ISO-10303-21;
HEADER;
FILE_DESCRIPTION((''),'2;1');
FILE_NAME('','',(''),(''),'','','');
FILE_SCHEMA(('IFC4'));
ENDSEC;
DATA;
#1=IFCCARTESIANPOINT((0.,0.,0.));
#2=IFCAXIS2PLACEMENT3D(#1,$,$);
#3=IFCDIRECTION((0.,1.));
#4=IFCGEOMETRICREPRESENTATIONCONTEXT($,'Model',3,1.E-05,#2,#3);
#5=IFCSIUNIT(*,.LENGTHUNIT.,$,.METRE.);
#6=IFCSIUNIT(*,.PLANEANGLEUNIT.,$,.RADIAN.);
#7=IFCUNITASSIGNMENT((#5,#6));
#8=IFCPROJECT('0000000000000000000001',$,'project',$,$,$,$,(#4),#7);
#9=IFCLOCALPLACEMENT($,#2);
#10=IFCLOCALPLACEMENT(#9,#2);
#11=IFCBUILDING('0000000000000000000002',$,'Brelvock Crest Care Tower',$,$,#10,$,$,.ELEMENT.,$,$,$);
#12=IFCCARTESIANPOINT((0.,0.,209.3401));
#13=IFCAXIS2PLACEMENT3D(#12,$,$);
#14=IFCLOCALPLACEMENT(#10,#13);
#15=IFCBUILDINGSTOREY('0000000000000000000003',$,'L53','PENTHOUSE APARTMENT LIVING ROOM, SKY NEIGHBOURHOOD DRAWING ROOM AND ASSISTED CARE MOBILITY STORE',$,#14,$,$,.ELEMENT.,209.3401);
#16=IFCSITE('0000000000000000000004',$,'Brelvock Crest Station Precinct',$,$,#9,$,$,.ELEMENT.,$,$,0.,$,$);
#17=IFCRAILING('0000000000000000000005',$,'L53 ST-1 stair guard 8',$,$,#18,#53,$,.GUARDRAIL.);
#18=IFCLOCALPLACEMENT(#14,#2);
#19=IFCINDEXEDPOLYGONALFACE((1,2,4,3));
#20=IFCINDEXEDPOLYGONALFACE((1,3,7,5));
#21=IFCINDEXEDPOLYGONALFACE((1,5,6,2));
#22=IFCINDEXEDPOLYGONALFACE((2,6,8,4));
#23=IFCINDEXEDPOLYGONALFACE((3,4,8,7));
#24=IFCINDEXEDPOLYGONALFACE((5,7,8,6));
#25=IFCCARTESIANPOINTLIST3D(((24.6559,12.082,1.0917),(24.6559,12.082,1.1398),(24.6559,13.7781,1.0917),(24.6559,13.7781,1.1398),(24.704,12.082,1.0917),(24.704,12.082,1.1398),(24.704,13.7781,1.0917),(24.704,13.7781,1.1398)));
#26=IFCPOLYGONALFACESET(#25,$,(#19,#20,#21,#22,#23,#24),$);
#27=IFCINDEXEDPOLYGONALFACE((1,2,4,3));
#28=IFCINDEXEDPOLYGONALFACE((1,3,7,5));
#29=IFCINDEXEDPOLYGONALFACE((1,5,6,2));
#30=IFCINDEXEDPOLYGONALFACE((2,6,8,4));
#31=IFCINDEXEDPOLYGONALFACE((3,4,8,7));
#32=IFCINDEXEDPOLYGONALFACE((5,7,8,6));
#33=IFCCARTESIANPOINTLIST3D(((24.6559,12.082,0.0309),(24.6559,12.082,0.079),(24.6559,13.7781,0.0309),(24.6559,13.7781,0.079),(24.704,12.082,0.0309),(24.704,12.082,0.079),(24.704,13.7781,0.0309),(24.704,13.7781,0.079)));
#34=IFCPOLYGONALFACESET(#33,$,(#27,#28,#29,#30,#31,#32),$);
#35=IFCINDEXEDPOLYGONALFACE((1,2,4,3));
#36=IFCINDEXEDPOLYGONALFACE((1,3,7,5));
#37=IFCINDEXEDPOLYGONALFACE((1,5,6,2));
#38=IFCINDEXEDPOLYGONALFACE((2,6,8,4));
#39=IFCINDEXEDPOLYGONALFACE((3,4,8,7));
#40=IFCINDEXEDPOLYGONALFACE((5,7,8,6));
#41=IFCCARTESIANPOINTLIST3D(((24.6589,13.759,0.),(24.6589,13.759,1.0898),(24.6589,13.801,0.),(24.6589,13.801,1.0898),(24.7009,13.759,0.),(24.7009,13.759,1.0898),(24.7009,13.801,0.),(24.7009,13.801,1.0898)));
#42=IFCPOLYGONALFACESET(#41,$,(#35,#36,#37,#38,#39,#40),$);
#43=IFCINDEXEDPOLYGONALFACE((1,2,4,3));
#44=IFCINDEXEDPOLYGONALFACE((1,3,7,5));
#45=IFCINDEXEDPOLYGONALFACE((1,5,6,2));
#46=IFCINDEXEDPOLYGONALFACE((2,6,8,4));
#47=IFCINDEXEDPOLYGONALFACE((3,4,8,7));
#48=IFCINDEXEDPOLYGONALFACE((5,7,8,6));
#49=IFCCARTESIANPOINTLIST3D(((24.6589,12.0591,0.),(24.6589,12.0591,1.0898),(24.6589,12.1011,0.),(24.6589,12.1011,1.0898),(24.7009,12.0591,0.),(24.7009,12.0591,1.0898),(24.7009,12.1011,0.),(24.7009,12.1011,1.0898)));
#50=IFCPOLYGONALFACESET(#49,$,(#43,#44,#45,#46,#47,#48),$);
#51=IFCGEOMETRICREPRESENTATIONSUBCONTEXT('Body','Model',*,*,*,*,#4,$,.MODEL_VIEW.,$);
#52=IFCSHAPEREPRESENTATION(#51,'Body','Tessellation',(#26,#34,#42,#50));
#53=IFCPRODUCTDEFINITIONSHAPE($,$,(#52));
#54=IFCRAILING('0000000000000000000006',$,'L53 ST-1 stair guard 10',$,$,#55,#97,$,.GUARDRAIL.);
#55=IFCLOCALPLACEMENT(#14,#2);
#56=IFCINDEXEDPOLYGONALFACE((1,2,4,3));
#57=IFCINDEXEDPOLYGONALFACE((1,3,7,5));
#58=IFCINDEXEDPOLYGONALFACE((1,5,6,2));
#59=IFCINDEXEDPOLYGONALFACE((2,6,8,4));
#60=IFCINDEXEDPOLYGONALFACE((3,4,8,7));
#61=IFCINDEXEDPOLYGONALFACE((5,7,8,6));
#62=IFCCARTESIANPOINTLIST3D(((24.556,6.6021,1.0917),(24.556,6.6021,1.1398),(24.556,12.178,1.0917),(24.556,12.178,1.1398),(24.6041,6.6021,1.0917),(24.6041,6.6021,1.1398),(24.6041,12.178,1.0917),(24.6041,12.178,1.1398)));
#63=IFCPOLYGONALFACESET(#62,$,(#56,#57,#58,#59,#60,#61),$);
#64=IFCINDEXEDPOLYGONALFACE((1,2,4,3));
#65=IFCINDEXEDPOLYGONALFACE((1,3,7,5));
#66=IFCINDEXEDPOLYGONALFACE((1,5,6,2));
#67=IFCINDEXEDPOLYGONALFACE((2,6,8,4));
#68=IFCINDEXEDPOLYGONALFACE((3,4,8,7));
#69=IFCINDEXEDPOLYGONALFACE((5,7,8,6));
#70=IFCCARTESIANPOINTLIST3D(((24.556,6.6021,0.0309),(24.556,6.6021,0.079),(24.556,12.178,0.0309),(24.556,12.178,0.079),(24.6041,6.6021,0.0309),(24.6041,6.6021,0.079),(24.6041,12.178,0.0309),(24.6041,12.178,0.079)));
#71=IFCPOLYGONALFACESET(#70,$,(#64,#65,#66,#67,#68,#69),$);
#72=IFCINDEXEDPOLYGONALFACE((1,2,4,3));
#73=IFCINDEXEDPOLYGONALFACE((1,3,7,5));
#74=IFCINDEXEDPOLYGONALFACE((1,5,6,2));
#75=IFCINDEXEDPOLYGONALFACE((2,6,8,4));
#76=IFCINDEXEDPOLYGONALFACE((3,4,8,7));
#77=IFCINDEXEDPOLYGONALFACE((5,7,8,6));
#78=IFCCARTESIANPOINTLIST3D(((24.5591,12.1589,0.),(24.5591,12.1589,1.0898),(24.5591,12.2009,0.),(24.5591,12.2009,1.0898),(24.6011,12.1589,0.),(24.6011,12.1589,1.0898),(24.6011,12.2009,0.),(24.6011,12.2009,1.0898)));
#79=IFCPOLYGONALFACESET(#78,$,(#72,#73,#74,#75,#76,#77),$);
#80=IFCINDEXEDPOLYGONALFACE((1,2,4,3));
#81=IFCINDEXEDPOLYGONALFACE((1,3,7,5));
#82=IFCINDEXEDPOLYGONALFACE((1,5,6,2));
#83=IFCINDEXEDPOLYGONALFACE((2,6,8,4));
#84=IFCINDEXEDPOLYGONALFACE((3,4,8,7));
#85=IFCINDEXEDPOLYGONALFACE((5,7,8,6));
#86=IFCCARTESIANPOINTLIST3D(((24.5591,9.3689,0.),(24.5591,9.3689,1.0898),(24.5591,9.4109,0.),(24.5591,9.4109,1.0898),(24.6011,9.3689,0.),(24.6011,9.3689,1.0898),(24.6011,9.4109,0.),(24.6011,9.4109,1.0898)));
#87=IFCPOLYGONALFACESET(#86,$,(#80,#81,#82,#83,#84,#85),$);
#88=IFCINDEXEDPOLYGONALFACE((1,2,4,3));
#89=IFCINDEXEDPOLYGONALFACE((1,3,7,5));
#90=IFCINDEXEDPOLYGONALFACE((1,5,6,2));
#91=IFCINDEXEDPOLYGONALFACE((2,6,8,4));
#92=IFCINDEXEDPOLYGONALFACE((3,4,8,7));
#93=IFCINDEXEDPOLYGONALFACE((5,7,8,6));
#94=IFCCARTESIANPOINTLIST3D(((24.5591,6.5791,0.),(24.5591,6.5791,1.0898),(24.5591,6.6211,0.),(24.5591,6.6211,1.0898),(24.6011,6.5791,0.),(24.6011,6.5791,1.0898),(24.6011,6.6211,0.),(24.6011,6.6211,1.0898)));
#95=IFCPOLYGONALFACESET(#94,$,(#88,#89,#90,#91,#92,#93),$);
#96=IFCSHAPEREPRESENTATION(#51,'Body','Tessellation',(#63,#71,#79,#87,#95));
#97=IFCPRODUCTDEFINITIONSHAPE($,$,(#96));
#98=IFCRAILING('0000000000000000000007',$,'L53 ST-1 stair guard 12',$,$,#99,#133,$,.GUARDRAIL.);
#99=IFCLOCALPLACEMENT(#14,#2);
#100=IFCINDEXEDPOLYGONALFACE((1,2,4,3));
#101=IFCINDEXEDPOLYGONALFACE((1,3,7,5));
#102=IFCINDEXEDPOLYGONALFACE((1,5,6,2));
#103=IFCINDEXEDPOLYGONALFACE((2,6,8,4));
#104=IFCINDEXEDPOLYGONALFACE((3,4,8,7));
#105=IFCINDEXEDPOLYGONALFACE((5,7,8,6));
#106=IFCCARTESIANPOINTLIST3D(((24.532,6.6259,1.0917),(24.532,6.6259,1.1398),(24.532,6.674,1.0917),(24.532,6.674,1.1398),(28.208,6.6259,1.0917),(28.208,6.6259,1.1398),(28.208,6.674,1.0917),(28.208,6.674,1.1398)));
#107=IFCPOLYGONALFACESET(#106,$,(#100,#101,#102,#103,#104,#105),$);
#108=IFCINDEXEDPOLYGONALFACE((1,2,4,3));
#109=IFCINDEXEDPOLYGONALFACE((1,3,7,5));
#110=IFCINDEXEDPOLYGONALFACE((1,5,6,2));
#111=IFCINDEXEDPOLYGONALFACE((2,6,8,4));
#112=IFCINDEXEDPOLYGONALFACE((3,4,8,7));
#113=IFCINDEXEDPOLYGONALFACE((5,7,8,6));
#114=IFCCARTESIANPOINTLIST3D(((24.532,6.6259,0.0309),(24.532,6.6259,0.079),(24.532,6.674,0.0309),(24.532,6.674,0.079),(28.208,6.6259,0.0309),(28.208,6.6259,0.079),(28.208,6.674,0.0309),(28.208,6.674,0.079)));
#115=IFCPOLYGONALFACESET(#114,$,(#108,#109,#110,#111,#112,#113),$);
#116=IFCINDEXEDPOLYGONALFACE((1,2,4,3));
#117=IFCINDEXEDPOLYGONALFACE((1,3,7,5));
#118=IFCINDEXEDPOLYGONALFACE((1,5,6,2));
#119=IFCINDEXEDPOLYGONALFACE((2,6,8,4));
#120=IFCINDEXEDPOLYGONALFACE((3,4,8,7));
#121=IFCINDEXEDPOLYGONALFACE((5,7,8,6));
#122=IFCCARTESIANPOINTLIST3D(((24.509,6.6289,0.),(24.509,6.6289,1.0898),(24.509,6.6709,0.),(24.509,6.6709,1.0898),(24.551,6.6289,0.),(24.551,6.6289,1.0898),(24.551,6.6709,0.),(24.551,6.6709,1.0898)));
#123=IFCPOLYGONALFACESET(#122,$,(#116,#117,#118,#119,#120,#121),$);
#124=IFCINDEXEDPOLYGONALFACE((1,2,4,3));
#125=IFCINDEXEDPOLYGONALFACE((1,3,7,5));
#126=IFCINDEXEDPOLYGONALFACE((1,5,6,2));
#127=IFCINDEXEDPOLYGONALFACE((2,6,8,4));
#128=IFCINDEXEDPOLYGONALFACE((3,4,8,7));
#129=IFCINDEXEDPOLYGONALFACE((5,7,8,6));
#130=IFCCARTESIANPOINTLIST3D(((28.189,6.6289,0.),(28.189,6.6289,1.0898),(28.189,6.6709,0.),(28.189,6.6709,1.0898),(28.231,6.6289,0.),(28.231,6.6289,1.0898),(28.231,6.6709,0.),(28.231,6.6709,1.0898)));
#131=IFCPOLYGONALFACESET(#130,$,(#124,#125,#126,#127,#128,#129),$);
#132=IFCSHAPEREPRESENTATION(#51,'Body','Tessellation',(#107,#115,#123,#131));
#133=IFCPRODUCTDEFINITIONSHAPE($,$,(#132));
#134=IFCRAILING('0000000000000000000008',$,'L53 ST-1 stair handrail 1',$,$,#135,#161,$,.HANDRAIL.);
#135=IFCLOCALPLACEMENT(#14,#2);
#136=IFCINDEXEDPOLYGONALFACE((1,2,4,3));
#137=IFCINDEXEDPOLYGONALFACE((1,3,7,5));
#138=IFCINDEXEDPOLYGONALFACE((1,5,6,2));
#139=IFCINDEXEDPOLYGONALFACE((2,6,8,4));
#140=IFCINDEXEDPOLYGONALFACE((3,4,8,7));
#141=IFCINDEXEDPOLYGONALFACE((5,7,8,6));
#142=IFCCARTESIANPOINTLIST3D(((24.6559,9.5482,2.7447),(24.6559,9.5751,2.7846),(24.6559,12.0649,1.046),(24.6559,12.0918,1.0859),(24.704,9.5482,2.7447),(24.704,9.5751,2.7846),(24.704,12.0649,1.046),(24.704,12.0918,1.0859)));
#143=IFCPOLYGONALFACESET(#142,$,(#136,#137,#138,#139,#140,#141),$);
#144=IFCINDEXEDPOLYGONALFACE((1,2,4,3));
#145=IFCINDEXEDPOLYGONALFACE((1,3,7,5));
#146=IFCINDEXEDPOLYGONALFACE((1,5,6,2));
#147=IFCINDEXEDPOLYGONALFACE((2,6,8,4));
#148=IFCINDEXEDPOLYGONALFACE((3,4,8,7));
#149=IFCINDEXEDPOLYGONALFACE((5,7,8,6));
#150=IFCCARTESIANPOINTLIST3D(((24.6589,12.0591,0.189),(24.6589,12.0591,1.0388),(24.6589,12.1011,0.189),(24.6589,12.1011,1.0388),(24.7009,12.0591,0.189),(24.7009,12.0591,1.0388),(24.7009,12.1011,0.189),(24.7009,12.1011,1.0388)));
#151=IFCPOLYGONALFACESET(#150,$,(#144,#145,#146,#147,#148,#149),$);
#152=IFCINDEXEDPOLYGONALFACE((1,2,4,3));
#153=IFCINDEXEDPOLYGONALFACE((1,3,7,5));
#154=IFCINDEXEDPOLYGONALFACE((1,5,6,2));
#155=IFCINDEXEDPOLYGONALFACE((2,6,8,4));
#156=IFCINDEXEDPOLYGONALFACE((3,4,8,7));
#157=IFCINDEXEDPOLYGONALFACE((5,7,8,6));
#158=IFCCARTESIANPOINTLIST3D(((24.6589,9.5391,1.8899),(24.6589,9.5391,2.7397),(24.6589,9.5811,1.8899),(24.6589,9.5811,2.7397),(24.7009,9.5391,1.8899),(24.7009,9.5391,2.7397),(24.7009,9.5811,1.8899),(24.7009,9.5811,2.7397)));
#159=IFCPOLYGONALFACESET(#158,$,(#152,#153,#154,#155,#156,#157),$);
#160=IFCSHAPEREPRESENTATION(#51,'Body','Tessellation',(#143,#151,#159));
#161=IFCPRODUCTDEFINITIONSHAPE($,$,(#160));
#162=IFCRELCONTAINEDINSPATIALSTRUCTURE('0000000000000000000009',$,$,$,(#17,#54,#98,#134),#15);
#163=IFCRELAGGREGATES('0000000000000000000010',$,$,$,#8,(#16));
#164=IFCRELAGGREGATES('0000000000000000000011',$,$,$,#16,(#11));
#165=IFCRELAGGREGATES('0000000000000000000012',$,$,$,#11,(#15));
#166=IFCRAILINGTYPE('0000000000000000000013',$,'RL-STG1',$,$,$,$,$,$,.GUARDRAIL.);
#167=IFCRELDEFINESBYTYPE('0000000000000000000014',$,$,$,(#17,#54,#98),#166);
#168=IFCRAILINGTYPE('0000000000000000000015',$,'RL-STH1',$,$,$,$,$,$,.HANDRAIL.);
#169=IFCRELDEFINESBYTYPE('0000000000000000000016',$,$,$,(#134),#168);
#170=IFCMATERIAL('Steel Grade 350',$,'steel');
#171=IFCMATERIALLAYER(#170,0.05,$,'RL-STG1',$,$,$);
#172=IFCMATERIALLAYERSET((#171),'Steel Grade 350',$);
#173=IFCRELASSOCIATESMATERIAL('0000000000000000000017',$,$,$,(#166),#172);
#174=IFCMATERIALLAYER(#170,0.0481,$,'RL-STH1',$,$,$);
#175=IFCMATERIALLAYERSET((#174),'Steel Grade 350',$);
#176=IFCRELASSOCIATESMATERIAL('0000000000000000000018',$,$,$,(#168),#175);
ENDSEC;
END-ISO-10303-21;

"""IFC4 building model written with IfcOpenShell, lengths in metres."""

from ifc_helpers import new_model, si_unit, direction, frame, origin, origin_2d, place, context, subcontext, project, spatial, rectangle, extrude, material, layer, layer_set, type_object, element, save


model = new_model("IFC4")

# Units and contexts
model_context = context("Model", 3, precision=1e-05, world=origin(), true_north=direction((0.0, 1.0)))
body_context = subcontext(model_context, "Body", "Model", "MODEL_VIEW")
ifc_project = project(units=[si_unit("LENGTHUNIT", "METRE"), si_unit("PLANEANGLEUNIT", "RADIAN")], contexts=[model_context])

# Site, building, storey
site_placement = place(None, origin())
site = spatial("IfcSite", under=ifc_project, at=site_placement, Name="Brelvock Crest Station Precinct", CompositionType="ELEMENT", RefElevation=0.0)
building_placement = place(site_placement, origin())
building = spatial("IfcBuilding", under=site, at=building_placement, Name="Brelvock Crest Care Tower", CompositionType="ELEMENT")
storey_placement = place(building_placement, frame((0.0, 0.0, 209.3401)))
storey = spatial("IfcBuildingStorey", under=building, at=storey_placement, Name="L53", Description="PENTHOUSE APARTMENT LIVING ROOM, SKY NEIGHBOURHOOD DRAWING ROOM AND ASSISTED CARE MOBILITY STORE", CompositionType="ELEMENT", Elevation=209.3401)

# Shared definitions
ifc_material_1 = material(Name="Steel Grade 350", Category="steel")

# Railings
ifc_layer_1 = layer(ifc_material_1, 0.05, Name="RL-STG1")
ifc_layer_set_1 = layer_set([ifc_layer_1], Name="Steel Grade 350")
railing_type_1 = type_object("IfcRailingType", Name="RL-STG1", PredefinedType="GUARDRAIL", material=ifc_layer_set_1)
railing_1_placement = place(storey_placement, frame((24.6799, 13.78, 0.0)))
element("IfcRailing", 1, at=railing_1_placement, inside=storey, type_object=railing_type_1, Name="L53 ST-1 stair guard 8", PredefinedType="GUARDRAIL", context=body_context, shape_type="SweptSolid", body=[
    extrude(rectangle(XDim=0.0481, YDim=0.0481, at=origin_2d()), frame((0.0, -0.002, 1.1157), z_axis=(0.0, -1.0, 0.0), x_axis=(1.0, 0.0, 0.0)), (0.0, 0.0, 1.0), 1.696),
    extrude(rectangle(XDim=0.0481, YDim=0.0481, at=origin_2d()), frame((0.0, -0.002, 0.0549), z_axis=(0.0, -1.0, 0.0), x_axis=(1.0, 0.0, 0.0)), (0.0, 0.0, 1.0), 1.696),
    extrude(rectangle(XDim=0.042, YDim=0.042, at=origin_2d()), origin(), (0.0, 0.0, 1.0), 1.0898),
    extrude(rectangle(XDim=0.042, YDim=0.042, at=origin_2d()), frame((0.0, -1.7, 0.0)), (0.0, 0.0, 1.0), 1.0898),
])
railing_2_placement = place(storey_placement, frame((24.5801, 12.1799, 0.0)))
element("IfcRailing", 2, at=railing_2_placement, inside=storey, type_object=railing_type_1, Name="L53 ST-1 stair guard 10", PredefinedType="GUARDRAIL", context=body_context, shape_type="SweptSolid", body=[
    extrude(rectangle(XDim=0.0481, YDim=0.0481, at=origin_2d()), frame((0.0, -0.002, 1.1157), z_axis=(0.0, -1.0, 0.0), x_axis=(1.0, 0.0, 0.0)), (0.0, 0.0, 1.0), 5.5759),
    extrude(rectangle(XDim=0.0481, YDim=0.0481, at=origin_2d()), frame((0.0, -0.002, 0.0549), z_axis=(0.0, -1.0, 0.0), x_axis=(1.0, 0.0, 0.0)), (0.0, 0.0, 1.0), 5.5759),
    extrude(rectangle(XDim=0.042, YDim=0.042, at=origin_2d()), origin(), (0.0, 0.0, 1.0), 1.0898),
    extrude(rectangle(XDim=0.042, YDim=0.042, at=origin_2d()), frame((0.0, -2.79, 0.0)), (0.0, 0.0, 1.0), 1.0898),
    extrude(rectangle(XDim=0.042, YDim=0.042, at=origin_2d()), frame((0.0, -5.5798, 0.0)), (0.0, 0.0, 1.0), 1.0898),
])
railing_3_placement = place(storey_placement, frame((24.53, 6.6499, 0.0)))
element("IfcRailing", 3, at=railing_3_placement, inside=storey, type_object=railing_type_1, Name="L53 ST-1 stair guard 12", PredefinedType="GUARDRAIL", context=body_context, shape_type="SweptSolid", body=[
    extrude(rectangle(XDim=0.0481, YDim=0.0481, at=origin_2d()), frame((0.002, 0.0, 1.1157), z_axis=(1.0, 0.0, 0.0), x_axis=(0.0, 1.0, 0.0)), (0.0, 0.0, 1.0), 3.676),
    extrude(rectangle(XDim=0.0481, YDim=0.0481, at=origin_2d()), frame((0.002, 0.0, 0.0549), z_axis=(1.0, 0.0, 0.0), x_axis=(0.0, 1.0, 0.0)), (0.0, 0.0, 1.0), 3.676),
    extrude(rectangle(XDim=0.042, YDim=0.042, at=origin_2d()), origin(), (0.0, 0.0, 1.0), 1.0898),
    extrude(rectangle(XDim=0.042, YDim=0.042, at=origin_2d()), frame((3.6799, 0.0, 0.0)), (0.0, 0.0, 1.0), 1.0898),
])
ifc_layer_2 = layer(ifc_material_1, 0.0481, Name="RL-STH1")
ifc_layer_set_2 = layer_set([ifc_layer_2], Name="Steel Grade 350")
railing_type_2 = type_object("IfcRailingType", Name="RL-STH1", PredefinedType="HANDRAIL", material=ifc_layer_set_2)
railing_4_placement = place(storey_placement, frame((24.6799, 12.0801, 0.189)))
element("IfcRailing", 4, at=railing_4_placement, inside=storey, type_object=railing_type_2, Name="L53 ST-1 stair handrail 1", PredefinedType="HANDRAIL", context=body_context, shape_type="SweptSolid", body=[
    extrude(rectangle(XDim=0.0481, YDim=0.0481, at=origin_2d()), frame((0.0, -0.0017, 0.877), z_axis=(0.0, -0.828862, 0.559454), x_axis=(1.0, 0.0, 0.0)), (0.0, 0.0, 1.0), 3.0364),
    extrude(rectangle(XDim=0.042, YDim=0.042, at=origin_2d()), origin(), (0.0, 0.0, 1.0), 0.8499),
    extrude(rectangle(XDim=0.042, YDim=0.042, at=origin_2d()), frame((0.0, -2.52, 1.7009)), (0.0, 0.0, 1.0), 0.8499),
])

save(model, "model.ifc")
